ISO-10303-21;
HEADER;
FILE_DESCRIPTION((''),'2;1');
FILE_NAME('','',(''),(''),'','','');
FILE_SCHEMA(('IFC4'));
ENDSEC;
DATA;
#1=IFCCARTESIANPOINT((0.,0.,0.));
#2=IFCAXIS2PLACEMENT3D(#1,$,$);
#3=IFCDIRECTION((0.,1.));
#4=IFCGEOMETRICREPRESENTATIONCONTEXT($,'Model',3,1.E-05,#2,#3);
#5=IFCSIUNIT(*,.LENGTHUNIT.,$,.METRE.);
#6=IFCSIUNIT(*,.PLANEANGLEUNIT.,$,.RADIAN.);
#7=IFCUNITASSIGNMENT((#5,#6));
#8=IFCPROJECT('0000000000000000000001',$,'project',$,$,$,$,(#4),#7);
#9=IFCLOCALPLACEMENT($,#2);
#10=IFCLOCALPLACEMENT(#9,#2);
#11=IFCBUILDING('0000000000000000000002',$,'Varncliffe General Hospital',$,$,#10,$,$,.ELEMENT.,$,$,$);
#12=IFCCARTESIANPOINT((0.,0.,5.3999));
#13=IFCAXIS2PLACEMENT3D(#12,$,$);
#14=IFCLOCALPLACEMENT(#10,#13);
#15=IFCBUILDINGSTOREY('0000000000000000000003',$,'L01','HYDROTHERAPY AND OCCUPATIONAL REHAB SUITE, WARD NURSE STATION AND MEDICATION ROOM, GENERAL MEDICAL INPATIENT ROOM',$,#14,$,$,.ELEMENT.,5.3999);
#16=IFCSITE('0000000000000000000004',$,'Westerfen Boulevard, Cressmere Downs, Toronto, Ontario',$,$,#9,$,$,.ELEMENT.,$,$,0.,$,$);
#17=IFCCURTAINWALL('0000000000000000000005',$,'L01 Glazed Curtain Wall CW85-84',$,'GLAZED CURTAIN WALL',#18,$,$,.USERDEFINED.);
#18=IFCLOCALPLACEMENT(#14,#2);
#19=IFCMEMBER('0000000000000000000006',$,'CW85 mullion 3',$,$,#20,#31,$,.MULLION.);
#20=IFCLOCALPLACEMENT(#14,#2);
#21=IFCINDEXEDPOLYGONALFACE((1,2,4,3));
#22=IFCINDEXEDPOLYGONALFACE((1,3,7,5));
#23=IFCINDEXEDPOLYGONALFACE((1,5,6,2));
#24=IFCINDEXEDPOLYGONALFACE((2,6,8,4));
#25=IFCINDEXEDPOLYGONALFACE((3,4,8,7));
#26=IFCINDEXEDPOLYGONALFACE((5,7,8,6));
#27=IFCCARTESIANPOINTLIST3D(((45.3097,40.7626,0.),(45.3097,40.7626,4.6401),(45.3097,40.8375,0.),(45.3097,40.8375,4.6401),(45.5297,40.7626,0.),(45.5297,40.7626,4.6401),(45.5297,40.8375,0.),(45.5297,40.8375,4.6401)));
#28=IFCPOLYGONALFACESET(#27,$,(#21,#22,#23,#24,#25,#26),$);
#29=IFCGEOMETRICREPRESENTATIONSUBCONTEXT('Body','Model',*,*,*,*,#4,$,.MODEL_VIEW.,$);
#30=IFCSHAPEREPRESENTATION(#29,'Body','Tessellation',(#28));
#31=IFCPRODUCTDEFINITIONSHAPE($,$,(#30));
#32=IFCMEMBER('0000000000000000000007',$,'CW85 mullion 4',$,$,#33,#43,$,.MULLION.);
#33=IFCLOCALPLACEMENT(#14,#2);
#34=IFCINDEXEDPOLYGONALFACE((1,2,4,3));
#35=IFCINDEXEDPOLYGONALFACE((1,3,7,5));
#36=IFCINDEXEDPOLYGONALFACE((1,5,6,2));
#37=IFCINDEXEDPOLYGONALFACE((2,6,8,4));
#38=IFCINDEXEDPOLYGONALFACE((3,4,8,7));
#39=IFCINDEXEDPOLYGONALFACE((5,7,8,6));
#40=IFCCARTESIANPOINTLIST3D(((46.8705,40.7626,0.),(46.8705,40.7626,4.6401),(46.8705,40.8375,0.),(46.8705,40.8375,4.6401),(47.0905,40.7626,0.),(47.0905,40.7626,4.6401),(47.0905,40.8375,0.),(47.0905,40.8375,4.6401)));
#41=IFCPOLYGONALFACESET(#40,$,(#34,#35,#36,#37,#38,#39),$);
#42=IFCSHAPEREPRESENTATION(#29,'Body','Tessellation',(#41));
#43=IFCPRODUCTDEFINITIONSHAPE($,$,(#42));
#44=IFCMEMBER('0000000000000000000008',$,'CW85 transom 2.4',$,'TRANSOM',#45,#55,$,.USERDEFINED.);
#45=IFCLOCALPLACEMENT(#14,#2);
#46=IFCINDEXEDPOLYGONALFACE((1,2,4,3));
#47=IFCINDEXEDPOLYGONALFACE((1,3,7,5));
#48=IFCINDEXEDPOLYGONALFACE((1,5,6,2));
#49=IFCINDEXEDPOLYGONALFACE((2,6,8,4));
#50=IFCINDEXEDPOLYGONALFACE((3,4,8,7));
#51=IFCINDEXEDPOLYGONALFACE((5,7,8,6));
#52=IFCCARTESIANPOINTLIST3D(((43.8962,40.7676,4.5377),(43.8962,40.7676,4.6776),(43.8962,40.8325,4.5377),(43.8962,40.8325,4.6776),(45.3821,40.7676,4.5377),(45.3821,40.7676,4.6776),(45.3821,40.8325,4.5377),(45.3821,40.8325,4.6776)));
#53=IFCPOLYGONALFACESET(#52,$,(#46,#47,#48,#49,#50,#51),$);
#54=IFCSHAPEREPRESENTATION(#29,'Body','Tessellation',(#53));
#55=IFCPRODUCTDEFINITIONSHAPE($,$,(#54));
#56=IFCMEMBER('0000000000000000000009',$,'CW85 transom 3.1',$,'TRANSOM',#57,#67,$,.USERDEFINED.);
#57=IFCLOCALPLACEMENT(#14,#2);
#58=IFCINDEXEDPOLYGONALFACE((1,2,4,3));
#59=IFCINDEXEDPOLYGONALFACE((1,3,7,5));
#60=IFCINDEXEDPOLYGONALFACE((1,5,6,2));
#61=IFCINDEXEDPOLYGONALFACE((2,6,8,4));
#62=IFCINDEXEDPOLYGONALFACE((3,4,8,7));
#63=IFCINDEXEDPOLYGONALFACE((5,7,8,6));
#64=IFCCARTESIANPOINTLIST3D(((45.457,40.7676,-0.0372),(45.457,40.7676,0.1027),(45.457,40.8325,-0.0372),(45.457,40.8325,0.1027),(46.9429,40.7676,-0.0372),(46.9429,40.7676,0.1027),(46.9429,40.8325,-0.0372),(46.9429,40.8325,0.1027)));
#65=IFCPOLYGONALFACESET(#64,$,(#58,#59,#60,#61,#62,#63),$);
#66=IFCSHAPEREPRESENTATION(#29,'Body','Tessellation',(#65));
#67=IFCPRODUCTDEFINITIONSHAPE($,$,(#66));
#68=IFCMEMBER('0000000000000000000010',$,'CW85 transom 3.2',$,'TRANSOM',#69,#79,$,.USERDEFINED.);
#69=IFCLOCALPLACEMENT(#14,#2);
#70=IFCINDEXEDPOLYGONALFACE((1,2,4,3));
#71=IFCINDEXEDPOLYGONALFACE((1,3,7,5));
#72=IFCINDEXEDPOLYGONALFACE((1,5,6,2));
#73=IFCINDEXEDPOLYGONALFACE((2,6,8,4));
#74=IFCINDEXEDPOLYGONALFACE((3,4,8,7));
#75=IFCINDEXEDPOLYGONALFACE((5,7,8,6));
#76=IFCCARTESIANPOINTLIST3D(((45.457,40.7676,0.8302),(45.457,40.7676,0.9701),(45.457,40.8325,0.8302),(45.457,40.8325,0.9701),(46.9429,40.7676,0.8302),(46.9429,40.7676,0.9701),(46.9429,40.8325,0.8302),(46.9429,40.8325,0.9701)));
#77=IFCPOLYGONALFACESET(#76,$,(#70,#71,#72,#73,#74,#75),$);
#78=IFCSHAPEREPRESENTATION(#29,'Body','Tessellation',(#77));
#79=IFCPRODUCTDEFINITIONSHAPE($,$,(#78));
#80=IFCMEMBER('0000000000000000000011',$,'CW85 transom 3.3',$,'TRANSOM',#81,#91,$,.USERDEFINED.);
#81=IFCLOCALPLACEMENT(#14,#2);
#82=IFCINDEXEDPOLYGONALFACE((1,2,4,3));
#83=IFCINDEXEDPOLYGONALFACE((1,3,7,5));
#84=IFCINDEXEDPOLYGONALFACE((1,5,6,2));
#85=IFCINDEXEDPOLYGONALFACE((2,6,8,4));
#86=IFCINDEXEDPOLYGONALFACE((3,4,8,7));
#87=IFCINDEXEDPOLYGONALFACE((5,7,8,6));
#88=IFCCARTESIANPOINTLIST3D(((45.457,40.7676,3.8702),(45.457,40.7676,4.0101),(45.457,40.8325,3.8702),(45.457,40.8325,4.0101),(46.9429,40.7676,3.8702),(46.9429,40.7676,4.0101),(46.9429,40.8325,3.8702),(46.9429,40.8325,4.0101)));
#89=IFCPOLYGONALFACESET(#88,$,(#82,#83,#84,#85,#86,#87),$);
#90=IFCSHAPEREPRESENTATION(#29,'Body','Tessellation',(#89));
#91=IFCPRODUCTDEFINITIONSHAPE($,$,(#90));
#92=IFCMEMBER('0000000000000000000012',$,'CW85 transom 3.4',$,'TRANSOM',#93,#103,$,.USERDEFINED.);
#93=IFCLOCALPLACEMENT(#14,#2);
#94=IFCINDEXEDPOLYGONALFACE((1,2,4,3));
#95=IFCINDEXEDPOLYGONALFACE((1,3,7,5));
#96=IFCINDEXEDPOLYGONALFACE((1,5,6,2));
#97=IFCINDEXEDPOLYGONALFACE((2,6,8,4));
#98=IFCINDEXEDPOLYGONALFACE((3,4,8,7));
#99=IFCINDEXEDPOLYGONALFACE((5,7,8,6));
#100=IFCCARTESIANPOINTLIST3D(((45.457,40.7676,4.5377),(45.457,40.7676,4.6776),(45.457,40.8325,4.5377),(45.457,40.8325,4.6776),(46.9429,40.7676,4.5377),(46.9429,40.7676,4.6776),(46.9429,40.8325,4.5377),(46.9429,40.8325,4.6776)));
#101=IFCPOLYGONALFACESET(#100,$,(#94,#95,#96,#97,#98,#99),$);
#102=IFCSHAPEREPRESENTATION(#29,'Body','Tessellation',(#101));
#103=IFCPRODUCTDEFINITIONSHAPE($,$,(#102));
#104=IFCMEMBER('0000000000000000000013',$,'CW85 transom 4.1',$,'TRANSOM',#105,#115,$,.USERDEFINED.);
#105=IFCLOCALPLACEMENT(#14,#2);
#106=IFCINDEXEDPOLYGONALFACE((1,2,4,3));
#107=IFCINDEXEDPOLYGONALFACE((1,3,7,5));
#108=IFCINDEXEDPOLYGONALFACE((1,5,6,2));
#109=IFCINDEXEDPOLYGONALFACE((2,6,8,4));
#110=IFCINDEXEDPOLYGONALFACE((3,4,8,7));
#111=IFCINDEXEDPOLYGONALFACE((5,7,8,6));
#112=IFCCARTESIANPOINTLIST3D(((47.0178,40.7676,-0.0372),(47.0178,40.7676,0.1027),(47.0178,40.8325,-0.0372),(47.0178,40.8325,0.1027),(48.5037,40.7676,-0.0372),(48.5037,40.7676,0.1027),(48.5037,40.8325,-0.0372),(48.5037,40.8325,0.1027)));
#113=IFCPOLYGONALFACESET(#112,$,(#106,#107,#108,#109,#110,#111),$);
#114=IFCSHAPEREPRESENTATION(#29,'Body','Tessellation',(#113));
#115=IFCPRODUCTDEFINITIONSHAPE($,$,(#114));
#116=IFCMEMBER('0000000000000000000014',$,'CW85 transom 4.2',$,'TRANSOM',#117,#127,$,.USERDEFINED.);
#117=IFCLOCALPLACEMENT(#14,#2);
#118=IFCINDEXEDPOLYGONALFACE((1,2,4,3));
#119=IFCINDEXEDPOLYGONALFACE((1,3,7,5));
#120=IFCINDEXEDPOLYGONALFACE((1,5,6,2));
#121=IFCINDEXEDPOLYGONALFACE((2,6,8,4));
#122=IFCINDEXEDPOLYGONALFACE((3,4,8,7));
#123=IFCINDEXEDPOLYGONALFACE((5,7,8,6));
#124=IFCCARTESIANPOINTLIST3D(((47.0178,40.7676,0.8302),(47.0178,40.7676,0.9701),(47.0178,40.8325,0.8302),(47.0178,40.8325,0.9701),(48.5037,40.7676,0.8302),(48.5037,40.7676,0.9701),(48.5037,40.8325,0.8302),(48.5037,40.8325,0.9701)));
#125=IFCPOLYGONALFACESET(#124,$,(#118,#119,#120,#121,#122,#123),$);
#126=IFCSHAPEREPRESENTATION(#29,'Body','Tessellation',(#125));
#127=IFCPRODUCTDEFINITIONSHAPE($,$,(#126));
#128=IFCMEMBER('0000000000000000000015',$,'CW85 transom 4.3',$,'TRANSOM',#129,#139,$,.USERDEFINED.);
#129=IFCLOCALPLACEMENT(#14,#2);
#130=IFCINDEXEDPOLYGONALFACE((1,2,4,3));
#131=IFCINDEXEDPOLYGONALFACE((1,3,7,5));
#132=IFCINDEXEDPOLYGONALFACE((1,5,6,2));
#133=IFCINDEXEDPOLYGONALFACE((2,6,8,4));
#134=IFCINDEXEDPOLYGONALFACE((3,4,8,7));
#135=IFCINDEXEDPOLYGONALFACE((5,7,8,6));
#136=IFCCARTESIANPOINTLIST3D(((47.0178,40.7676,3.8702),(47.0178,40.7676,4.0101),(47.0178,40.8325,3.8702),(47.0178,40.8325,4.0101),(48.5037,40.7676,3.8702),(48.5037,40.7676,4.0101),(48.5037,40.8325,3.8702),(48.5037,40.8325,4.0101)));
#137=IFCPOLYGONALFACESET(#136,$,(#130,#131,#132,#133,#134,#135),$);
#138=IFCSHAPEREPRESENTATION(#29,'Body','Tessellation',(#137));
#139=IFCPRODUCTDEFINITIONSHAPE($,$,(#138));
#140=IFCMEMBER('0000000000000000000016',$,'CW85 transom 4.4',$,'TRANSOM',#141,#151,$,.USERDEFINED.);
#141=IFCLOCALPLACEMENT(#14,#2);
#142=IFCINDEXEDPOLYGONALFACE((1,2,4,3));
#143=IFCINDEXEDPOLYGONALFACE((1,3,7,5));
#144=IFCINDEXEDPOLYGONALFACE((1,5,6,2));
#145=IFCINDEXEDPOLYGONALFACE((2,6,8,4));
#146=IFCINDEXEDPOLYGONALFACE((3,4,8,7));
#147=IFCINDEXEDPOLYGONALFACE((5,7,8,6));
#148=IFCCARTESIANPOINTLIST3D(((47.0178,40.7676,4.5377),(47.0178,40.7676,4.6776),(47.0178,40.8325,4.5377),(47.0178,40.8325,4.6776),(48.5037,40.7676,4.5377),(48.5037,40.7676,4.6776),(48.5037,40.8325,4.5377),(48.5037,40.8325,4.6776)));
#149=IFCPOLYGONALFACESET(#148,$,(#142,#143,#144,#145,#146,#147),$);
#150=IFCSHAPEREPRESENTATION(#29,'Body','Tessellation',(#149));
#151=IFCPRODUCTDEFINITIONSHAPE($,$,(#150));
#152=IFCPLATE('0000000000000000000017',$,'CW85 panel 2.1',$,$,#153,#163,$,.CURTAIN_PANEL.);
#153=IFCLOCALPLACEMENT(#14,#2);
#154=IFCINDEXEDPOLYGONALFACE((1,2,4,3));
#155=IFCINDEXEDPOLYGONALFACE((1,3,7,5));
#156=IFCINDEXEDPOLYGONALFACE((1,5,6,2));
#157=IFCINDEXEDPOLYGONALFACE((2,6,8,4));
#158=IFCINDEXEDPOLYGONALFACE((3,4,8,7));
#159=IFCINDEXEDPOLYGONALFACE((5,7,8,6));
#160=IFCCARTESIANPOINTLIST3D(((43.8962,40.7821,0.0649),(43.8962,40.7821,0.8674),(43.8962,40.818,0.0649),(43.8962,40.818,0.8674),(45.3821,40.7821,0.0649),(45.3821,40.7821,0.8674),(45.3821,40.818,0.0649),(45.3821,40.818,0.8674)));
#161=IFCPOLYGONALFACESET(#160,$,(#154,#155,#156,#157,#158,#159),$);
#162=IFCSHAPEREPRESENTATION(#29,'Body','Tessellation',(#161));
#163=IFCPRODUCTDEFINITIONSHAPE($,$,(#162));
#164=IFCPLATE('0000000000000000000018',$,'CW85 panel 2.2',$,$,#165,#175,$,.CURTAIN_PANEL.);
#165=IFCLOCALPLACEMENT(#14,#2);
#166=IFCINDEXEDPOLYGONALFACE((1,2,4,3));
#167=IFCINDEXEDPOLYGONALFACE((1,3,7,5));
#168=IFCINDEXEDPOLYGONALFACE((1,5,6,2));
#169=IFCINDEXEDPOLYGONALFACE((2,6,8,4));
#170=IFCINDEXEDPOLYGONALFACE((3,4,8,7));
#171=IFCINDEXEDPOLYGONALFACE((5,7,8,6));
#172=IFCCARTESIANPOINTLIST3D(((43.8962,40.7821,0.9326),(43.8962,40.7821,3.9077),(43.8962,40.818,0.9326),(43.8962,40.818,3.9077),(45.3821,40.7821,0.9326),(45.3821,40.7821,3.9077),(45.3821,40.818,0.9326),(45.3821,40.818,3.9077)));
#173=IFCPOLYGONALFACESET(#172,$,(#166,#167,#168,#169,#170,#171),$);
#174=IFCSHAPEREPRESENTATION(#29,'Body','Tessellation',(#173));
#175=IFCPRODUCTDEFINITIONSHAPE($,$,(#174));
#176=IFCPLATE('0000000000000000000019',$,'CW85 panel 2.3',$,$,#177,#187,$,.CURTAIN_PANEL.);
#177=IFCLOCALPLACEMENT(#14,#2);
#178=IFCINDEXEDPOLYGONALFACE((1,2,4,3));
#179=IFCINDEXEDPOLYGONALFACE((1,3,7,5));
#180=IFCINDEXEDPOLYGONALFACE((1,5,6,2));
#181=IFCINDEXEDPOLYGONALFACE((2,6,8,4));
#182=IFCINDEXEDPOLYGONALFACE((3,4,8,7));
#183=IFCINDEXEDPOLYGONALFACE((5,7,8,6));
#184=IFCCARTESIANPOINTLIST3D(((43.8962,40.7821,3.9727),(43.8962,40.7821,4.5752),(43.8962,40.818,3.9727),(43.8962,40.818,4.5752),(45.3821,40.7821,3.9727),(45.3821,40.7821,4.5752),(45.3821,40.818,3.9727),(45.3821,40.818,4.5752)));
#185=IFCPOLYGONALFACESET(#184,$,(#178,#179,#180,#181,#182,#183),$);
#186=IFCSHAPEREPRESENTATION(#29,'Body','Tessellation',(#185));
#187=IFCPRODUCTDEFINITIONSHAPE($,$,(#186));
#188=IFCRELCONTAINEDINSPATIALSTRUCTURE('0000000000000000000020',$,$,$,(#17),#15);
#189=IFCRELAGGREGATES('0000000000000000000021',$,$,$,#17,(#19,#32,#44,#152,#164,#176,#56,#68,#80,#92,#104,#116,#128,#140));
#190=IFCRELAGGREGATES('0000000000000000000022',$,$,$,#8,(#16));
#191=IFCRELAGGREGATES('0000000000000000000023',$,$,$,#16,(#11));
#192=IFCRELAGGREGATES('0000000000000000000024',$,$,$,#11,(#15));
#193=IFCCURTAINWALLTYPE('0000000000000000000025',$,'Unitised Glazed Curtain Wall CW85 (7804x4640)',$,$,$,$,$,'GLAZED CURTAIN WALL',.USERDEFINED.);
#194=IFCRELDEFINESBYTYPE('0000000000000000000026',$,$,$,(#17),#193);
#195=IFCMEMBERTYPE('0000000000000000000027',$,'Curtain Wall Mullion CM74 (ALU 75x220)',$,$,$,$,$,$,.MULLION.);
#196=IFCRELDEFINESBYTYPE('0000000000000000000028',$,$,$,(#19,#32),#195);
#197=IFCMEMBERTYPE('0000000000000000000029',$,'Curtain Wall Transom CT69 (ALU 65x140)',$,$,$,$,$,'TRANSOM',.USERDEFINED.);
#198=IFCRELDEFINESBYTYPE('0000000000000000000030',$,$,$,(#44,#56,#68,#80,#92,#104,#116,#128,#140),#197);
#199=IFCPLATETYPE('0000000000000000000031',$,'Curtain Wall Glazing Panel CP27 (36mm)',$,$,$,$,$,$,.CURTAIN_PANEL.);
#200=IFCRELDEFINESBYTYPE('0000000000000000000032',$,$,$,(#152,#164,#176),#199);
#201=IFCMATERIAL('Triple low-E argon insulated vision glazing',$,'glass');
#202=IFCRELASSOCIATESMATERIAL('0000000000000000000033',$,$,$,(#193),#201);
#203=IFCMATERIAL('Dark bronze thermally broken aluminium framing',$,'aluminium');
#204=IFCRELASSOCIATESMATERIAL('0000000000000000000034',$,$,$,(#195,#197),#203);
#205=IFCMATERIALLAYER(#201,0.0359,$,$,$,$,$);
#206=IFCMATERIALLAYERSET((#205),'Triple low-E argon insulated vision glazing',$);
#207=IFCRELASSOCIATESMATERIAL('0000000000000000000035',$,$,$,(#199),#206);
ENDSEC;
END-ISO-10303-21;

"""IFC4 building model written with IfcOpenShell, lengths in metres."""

from ifc_helpers import new_model, si_unit, direction, frame, origin, origin_2d, place, context, subcontext, project, spatial, rectangle, extrude, material, layer, layer_set, material_profile, profile_set, type_object, element, aggregate, save


model = new_model("IFC4")

# Units and contexts
model_context = context("Model", 3, precision=1e-05, world=origin(), true_north=direction((0.0, 1.0)))
body_context = subcontext(model_context, "Body", "Model", "MODEL_VIEW")
ifc_project = project(units=[si_unit("LENGTHUNIT", "METRE"), si_unit("PLANEANGLEUNIT", "RADIAN")], contexts=[model_context])

# Site, building, storey
site_placement = place(None, origin())
site = spatial("IfcSite", under=ifc_project, at=site_placement, Name="Westerfen Boulevard, Cressmere Downs, Toronto, Ontario", CompositionType="ELEMENT", RefElevation=0.0)
building_placement = place(site_placement, origin())
building = spatial("IfcBuilding", under=site, at=building_placement, Name="Varncliffe General Hospital", CompositionType="ELEMENT")
storey_placement = place(building_placement, frame((0.0, 0.0, 5.3999)))
storey = spatial("IfcBuildingStorey", under=building, at=storey_placement, Name="L01", Description="HYDROTHERAPY AND OCCUPATIONAL REHAB SUITE, WARD NURSE STATION AND MEDICATION ROOM, GENERAL MEDICAL INPATIENT ROOM", CompositionType="ELEMENT", Elevation=5.3999)

# Curtain wall, members, plates
ifc_material_1 = material(Name="Triple low-E argon insulated vision glazing", Category="glass")
curtain_wall_type = type_object("IfcCurtainWallType", Name="Unitised Glazed Curtain Wall CW85 (7804x4640)", ElementType="GLAZED CURTAIN WALL", PredefinedType="USERDEFINED", material=ifc_material_1)
curtain_wall_placement = place(storey_placement, origin())
curtain_wall = element("IfcCurtainWall", 1, at=curtain_wall_placement, inside=storey, type_object=curtain_wall_type, Name="L01 Glazed Curtain Wall CW85-84", ObjectType="GLAZED CURTAIN WALL", PredefinedType="USERDEFINED")
ifc_material_2 = material(Name="Dark bronze thermally broken aluminium framing", Category="aluminium")
ifc_material_profile_1 = material_profile(ifc_material_2, rectangle(XDim=0.075, YDim=0.22, at=origin_2d()), Name="ALU 75x220")
ifc_profile_set_1 = profile_set([ifc_material_profile_1], Name="Dark bronze thermally broken aluminium framing")
member_type_1 = type_object("IfcMemberType", Name="Curtain Wall Mullion CM74 (ALU 75x220)", PredefinedType="MULLION", material=ifc_profile_set_1)
member_1_placement = place(storey_placement, frame((45.4197, 40.8, 0.0), z_axis=(0.0, 0.0, 1.0), x_axis=(0.0, 1.0, 0.0)))
member_1 = element("IfcMember", 2, at=member_1_placement, type_object=member_type_1, Name="CW85 mullion 3", PredefinedType="MULLION", context=body_context, shape_type="SweptSolid", body=[
    extrude(rectangle(XDim=0.075, YDim=0.22, at=origin_2d()), origin(), (0.0, 0.0, 1.0), 4.6401),
])
member_2_placement = place(storey_placement, frame((46.9805, 40.8, 0.0), z_axis=(0.0, 0.0, 1.0), x_axis=(0.0, 1.0, 0.0)))
member_2 = element("IfcMember", 3, at=member_2_placement, type_object=member_type_1, Name="CW85 mullion 4", PredefinedType="MULLION", context=body_context, shape_type="SweptSolid", body=[
    extrude(rectangle(XDim=0.075, YDim=0.22, at=origin_2d()), origin(), (0.0, 0.0, 1.0), 4.6401),
])
ifc_material_profile_2 = material_profile(ifc_material_2, rectangle(XDim=0.0649, YDim=0.1399, at=origin_2d()), Name="ALU 65x140")
ifc_profile_set_2 = profile_set([ifc_material_profile_2], Name="Dark bronze thermally broken aluminium framing")
member_type_2 = type_object("IfcMemberType", Name="Curtain Wall Transom CT69 (ALU 65x140)", ElementType="TRANSOM", PredefinedType="USERDEFINED", material=ifc_profile_set_2)
member_3_placement = place(storey_placement, frame((43.8962, 40.8, 4.6077), z_axis=(1.0, 0.0, 0.0), x_axis=(0.0, 1.0, 0.0)))
member_3 = element("IfcMember", 4, at=member_3_placement, type_object=member_type_2, Name="CW85 transom 2.4", ObjectType="TRANSOM", PredefinedType="USERDEFINED", context=body_context, shape_type="SweptSolid", body=[
    extrude(rectangle(XDim=0.0649, YDim=0.1399, at=origin_2d()), origin(), (0.0, 0.0, 1.0), 1.4858),
])
member_4_placement = place(storey_placement, frame((45.457, 40.8, 0.0327), z_axis=(1.0, 0.0, 0.0), x_axis=(0.0, 1.0, 0.0)))
member_4 = element("IfcMember", 5, at=member_4_placement, type_object=member_type_2, Name="CW85 transom 3.1", ObjectType="TRANSOM", PredefinedType="USERDEFINED", context=body_context, shape_type="SweptSolid", body=[
    extrude(rectangle(XDim=0.0649, YDim=0.1399, at=origin_2d()), origin(), (0.0, 0.0, 1.0), 1.4858),
])
member_5_placement = place(storey_placement, frame((45.457, 40.8, 0.9001), z_axis=(1.0, 0.0, 0.0), x_axis=(0.0, 1.0, 0.0)))
member_5 = element("IfcMember", 6, at=member_5_placement, type_object=member_type_2, Name="CW85 transom 3.2", ObjectType="TRANSOM", PredefinedType="USERDEFINED", context=body_context, shape_type="SweptSolid", body=[
    extrude(rectangle(XDim=0.0649, YDim=0.1399, at=origin_2d()), origin(), (0.0, 0.0, 1.0), 1.4858),
])
member_6_placement = place(storey_placement, frame((45.457, 40.8, 3.9402), z_axis=(1.0, 0.0, 0.0), x_axis=(0.0, 1.0, 0.0)))
member_6 = element("IfcMember", 7, at=member_6_placement, type_object=member_type_2, Name="CW85 transom 3.3", ObjectType="TRANSOM", PredefinedType="USERDEFINED", context=body_context, shape_type="SweptSolid", body=[
    extrude(rectangle(XDim=0.0649, YDim=0.1399, at=origin_2d()), origin(), (0.0, 0.0, 1.0), 1.4858),
])
member_7_placement = place(storey_placement, frame((45.457, 40.8, 4.6077), z_axis=(1.0, 0.0, 0.0), x_axis=(0.0, 1.0, 0.0)))
member_7 = element("IfcMember", 8, at=member_7_placement, type_object=member_type_2, Name="CW85 transom 3.4", ObjectType="TRANSOM", PredefinedType="USERDEFINED", context=body_context, shape_type="SweptSolid", body=[
    extrude(rectangle(XDim=0.0649, YDim=0.1399, at=origin_2d()), origin(), (0.0, 0.0, 1.0), 1.4858),
])
member_8_placement = place(storey_placement, frame((47.0178, 40.8, 0.0327), z_axis=(1.0, 0.0, 0.0), x_axis=(0.0, 1.0, 0.0)))
member_8 = element("IfcMember", 9, at=member_8_placement, type_object=member_type_2, Name="CW85 transom 4.1", ObjectType="TRANSOM", PredefinedType="USERDEFINED", context=body_context, shape_type="SweptSolid", body=[
    extrude(rectangle(XDim=0.0649, YDim=0.1399, at=origin_2d()), origin(), (0.0, 0.0, 1.0), 1.4858),
])
member_9_placement = place(storey_placement, frame((47.0178, 40.8, 0.9001), z_axis=(1.0, 0.0, 0.0), x_axis=(0.0, 1.0, 0.0)))
member_9 = element("IfcMember", 10, at=member_9_placement, type_object=member_type_2, Name="CW85 transom 4.2", ObjectType="TRANSOM", PredefinedType="USERDEFINED", context=body_context, shape_type="SweptSolid", body=[
    extrude(rectangle(XDim=0.0649, YDim=0.1399, at=origin_2d()), origin(), (0.0, 0.0, 1.0), 1.4858),
])
member_10_placement = place(storey_placement, frame((47.0178, 40.8, 3.9402), z_axis=(1.0, 0.0, 0.0), x_axis=(0.0, 1.0, 0.0)))
member_10 = element("IfcMember", 11, at=member_10_placement, type_object=member_type_2, Name="CW85 transom 4.3", ObjectType="TRANSOM", PredefinedType="USERDEFINED", context=body_context, shape_type="SweptSolid", body=[
    extrude(rectangle(XDim=0.0649, YDim=0.1399, at=origin_2d()), origin(), (0.0, 0.0, 1.0), 1.4858),
])
member_11_placement = place(storey_placement, frame((47.0178, 40.8, 4.6077), z_axis=(1.0, 0.0, 0.0), x_axis=(0.0, 1.0, 0.0)))
member_11 = element("IfcMember", 12, at=member_11_placement, type_object=member_type_2, Name="CW85 transom 4.4", ObjectType="TRANSOM", PredefinedType="USERDEFINED", context=body_context, shape_type="SweptSolid", body=[
    extrude(rectangle(XDim=0.0649, YDim=0.1399, at=origin_2d()), origin(), (0.0, 0.0, 1.0), 1.4858),
])
ifc_layer_1 = layer(ifc_material_1, 0.0359)
ifc_layer_set_1 = layer_set([ifc_layer_1], Name="Triple low-E argon insulated vision glazing")
plate_type = type_object("IfcPlateType", Name="Curtain Wall Glazing Panel CP27 (36mm)", PredefinedType="CURTAIN_PANEL", material=ifc_layer_set_1)
plate_1_placement = place(storey_placement, frame((44.6392, 40.8, 0.0649), z_axis=(0.0, 0.0, 1.0), x_axis=(1.0, 0.0, 0.0)))
plate_1 = element("IfcPlate", 13, at=plate_1_placement, type_object=plate_type, Name="CW85 panel 2.1", PredefinedType="CURTAIN_PANEL", context=body_context, shape_type="SweptSolid", body=[
    extrude(rectangle(XDim=1.4858, YDim=0.0359, at=origin_2d()), origin(), (0.0, 0.0, 1.0), 0.8025),
])
plate_2_placement = place(storey_placement, frame((44.6392, 40.8, 0.9326), z_axis=(0.0, 0.0, 1.0), x_axis=(1.0, 0.0, 0.0)))
plate_2 = element("IfcPlate", 14, at=plate_2_placement, type_object=plate_type, Name="CW85 panel 2.2", PredefinedType="CURTAIN_PANEL", context=body_context, shape_type="SweptSolid", body=[
    extrude(rectangle(XDim=1.4858, YDim=0.0359, at=origin_2d()), origin(), (0.0, 0.0, 1.0), 2.9751),
])
plate_3_placement = place(storey_placement, frame((44.6392, 40.8, 3.9727), z_axis=(0.0, 0.0, 1.0), x_axis=(1.0, 0.0, 0.0)))
plate_3 = element("IfcPlate", 15, at=plate_3_placement, type_object=plate_type, Name="CW85 panel 2.3", PredefinedType="CURTAIN_PANEL", context=body_context, shape_type="SweptSolid", body=[
    extrude(rectangle(XDim=1.4858, YDim=0.0359, at=origin_2d()), origin(), (0.0, 0.0, 1.0), 0.6025),
])
aggregate(curtain_wall, [member_1, member_2, member_3, plate_1, plate_2, plate_3, member_4, member_5, member_6, member_7, member_8, member_9, member_10, member_11])

save(model, "model.ifc")
